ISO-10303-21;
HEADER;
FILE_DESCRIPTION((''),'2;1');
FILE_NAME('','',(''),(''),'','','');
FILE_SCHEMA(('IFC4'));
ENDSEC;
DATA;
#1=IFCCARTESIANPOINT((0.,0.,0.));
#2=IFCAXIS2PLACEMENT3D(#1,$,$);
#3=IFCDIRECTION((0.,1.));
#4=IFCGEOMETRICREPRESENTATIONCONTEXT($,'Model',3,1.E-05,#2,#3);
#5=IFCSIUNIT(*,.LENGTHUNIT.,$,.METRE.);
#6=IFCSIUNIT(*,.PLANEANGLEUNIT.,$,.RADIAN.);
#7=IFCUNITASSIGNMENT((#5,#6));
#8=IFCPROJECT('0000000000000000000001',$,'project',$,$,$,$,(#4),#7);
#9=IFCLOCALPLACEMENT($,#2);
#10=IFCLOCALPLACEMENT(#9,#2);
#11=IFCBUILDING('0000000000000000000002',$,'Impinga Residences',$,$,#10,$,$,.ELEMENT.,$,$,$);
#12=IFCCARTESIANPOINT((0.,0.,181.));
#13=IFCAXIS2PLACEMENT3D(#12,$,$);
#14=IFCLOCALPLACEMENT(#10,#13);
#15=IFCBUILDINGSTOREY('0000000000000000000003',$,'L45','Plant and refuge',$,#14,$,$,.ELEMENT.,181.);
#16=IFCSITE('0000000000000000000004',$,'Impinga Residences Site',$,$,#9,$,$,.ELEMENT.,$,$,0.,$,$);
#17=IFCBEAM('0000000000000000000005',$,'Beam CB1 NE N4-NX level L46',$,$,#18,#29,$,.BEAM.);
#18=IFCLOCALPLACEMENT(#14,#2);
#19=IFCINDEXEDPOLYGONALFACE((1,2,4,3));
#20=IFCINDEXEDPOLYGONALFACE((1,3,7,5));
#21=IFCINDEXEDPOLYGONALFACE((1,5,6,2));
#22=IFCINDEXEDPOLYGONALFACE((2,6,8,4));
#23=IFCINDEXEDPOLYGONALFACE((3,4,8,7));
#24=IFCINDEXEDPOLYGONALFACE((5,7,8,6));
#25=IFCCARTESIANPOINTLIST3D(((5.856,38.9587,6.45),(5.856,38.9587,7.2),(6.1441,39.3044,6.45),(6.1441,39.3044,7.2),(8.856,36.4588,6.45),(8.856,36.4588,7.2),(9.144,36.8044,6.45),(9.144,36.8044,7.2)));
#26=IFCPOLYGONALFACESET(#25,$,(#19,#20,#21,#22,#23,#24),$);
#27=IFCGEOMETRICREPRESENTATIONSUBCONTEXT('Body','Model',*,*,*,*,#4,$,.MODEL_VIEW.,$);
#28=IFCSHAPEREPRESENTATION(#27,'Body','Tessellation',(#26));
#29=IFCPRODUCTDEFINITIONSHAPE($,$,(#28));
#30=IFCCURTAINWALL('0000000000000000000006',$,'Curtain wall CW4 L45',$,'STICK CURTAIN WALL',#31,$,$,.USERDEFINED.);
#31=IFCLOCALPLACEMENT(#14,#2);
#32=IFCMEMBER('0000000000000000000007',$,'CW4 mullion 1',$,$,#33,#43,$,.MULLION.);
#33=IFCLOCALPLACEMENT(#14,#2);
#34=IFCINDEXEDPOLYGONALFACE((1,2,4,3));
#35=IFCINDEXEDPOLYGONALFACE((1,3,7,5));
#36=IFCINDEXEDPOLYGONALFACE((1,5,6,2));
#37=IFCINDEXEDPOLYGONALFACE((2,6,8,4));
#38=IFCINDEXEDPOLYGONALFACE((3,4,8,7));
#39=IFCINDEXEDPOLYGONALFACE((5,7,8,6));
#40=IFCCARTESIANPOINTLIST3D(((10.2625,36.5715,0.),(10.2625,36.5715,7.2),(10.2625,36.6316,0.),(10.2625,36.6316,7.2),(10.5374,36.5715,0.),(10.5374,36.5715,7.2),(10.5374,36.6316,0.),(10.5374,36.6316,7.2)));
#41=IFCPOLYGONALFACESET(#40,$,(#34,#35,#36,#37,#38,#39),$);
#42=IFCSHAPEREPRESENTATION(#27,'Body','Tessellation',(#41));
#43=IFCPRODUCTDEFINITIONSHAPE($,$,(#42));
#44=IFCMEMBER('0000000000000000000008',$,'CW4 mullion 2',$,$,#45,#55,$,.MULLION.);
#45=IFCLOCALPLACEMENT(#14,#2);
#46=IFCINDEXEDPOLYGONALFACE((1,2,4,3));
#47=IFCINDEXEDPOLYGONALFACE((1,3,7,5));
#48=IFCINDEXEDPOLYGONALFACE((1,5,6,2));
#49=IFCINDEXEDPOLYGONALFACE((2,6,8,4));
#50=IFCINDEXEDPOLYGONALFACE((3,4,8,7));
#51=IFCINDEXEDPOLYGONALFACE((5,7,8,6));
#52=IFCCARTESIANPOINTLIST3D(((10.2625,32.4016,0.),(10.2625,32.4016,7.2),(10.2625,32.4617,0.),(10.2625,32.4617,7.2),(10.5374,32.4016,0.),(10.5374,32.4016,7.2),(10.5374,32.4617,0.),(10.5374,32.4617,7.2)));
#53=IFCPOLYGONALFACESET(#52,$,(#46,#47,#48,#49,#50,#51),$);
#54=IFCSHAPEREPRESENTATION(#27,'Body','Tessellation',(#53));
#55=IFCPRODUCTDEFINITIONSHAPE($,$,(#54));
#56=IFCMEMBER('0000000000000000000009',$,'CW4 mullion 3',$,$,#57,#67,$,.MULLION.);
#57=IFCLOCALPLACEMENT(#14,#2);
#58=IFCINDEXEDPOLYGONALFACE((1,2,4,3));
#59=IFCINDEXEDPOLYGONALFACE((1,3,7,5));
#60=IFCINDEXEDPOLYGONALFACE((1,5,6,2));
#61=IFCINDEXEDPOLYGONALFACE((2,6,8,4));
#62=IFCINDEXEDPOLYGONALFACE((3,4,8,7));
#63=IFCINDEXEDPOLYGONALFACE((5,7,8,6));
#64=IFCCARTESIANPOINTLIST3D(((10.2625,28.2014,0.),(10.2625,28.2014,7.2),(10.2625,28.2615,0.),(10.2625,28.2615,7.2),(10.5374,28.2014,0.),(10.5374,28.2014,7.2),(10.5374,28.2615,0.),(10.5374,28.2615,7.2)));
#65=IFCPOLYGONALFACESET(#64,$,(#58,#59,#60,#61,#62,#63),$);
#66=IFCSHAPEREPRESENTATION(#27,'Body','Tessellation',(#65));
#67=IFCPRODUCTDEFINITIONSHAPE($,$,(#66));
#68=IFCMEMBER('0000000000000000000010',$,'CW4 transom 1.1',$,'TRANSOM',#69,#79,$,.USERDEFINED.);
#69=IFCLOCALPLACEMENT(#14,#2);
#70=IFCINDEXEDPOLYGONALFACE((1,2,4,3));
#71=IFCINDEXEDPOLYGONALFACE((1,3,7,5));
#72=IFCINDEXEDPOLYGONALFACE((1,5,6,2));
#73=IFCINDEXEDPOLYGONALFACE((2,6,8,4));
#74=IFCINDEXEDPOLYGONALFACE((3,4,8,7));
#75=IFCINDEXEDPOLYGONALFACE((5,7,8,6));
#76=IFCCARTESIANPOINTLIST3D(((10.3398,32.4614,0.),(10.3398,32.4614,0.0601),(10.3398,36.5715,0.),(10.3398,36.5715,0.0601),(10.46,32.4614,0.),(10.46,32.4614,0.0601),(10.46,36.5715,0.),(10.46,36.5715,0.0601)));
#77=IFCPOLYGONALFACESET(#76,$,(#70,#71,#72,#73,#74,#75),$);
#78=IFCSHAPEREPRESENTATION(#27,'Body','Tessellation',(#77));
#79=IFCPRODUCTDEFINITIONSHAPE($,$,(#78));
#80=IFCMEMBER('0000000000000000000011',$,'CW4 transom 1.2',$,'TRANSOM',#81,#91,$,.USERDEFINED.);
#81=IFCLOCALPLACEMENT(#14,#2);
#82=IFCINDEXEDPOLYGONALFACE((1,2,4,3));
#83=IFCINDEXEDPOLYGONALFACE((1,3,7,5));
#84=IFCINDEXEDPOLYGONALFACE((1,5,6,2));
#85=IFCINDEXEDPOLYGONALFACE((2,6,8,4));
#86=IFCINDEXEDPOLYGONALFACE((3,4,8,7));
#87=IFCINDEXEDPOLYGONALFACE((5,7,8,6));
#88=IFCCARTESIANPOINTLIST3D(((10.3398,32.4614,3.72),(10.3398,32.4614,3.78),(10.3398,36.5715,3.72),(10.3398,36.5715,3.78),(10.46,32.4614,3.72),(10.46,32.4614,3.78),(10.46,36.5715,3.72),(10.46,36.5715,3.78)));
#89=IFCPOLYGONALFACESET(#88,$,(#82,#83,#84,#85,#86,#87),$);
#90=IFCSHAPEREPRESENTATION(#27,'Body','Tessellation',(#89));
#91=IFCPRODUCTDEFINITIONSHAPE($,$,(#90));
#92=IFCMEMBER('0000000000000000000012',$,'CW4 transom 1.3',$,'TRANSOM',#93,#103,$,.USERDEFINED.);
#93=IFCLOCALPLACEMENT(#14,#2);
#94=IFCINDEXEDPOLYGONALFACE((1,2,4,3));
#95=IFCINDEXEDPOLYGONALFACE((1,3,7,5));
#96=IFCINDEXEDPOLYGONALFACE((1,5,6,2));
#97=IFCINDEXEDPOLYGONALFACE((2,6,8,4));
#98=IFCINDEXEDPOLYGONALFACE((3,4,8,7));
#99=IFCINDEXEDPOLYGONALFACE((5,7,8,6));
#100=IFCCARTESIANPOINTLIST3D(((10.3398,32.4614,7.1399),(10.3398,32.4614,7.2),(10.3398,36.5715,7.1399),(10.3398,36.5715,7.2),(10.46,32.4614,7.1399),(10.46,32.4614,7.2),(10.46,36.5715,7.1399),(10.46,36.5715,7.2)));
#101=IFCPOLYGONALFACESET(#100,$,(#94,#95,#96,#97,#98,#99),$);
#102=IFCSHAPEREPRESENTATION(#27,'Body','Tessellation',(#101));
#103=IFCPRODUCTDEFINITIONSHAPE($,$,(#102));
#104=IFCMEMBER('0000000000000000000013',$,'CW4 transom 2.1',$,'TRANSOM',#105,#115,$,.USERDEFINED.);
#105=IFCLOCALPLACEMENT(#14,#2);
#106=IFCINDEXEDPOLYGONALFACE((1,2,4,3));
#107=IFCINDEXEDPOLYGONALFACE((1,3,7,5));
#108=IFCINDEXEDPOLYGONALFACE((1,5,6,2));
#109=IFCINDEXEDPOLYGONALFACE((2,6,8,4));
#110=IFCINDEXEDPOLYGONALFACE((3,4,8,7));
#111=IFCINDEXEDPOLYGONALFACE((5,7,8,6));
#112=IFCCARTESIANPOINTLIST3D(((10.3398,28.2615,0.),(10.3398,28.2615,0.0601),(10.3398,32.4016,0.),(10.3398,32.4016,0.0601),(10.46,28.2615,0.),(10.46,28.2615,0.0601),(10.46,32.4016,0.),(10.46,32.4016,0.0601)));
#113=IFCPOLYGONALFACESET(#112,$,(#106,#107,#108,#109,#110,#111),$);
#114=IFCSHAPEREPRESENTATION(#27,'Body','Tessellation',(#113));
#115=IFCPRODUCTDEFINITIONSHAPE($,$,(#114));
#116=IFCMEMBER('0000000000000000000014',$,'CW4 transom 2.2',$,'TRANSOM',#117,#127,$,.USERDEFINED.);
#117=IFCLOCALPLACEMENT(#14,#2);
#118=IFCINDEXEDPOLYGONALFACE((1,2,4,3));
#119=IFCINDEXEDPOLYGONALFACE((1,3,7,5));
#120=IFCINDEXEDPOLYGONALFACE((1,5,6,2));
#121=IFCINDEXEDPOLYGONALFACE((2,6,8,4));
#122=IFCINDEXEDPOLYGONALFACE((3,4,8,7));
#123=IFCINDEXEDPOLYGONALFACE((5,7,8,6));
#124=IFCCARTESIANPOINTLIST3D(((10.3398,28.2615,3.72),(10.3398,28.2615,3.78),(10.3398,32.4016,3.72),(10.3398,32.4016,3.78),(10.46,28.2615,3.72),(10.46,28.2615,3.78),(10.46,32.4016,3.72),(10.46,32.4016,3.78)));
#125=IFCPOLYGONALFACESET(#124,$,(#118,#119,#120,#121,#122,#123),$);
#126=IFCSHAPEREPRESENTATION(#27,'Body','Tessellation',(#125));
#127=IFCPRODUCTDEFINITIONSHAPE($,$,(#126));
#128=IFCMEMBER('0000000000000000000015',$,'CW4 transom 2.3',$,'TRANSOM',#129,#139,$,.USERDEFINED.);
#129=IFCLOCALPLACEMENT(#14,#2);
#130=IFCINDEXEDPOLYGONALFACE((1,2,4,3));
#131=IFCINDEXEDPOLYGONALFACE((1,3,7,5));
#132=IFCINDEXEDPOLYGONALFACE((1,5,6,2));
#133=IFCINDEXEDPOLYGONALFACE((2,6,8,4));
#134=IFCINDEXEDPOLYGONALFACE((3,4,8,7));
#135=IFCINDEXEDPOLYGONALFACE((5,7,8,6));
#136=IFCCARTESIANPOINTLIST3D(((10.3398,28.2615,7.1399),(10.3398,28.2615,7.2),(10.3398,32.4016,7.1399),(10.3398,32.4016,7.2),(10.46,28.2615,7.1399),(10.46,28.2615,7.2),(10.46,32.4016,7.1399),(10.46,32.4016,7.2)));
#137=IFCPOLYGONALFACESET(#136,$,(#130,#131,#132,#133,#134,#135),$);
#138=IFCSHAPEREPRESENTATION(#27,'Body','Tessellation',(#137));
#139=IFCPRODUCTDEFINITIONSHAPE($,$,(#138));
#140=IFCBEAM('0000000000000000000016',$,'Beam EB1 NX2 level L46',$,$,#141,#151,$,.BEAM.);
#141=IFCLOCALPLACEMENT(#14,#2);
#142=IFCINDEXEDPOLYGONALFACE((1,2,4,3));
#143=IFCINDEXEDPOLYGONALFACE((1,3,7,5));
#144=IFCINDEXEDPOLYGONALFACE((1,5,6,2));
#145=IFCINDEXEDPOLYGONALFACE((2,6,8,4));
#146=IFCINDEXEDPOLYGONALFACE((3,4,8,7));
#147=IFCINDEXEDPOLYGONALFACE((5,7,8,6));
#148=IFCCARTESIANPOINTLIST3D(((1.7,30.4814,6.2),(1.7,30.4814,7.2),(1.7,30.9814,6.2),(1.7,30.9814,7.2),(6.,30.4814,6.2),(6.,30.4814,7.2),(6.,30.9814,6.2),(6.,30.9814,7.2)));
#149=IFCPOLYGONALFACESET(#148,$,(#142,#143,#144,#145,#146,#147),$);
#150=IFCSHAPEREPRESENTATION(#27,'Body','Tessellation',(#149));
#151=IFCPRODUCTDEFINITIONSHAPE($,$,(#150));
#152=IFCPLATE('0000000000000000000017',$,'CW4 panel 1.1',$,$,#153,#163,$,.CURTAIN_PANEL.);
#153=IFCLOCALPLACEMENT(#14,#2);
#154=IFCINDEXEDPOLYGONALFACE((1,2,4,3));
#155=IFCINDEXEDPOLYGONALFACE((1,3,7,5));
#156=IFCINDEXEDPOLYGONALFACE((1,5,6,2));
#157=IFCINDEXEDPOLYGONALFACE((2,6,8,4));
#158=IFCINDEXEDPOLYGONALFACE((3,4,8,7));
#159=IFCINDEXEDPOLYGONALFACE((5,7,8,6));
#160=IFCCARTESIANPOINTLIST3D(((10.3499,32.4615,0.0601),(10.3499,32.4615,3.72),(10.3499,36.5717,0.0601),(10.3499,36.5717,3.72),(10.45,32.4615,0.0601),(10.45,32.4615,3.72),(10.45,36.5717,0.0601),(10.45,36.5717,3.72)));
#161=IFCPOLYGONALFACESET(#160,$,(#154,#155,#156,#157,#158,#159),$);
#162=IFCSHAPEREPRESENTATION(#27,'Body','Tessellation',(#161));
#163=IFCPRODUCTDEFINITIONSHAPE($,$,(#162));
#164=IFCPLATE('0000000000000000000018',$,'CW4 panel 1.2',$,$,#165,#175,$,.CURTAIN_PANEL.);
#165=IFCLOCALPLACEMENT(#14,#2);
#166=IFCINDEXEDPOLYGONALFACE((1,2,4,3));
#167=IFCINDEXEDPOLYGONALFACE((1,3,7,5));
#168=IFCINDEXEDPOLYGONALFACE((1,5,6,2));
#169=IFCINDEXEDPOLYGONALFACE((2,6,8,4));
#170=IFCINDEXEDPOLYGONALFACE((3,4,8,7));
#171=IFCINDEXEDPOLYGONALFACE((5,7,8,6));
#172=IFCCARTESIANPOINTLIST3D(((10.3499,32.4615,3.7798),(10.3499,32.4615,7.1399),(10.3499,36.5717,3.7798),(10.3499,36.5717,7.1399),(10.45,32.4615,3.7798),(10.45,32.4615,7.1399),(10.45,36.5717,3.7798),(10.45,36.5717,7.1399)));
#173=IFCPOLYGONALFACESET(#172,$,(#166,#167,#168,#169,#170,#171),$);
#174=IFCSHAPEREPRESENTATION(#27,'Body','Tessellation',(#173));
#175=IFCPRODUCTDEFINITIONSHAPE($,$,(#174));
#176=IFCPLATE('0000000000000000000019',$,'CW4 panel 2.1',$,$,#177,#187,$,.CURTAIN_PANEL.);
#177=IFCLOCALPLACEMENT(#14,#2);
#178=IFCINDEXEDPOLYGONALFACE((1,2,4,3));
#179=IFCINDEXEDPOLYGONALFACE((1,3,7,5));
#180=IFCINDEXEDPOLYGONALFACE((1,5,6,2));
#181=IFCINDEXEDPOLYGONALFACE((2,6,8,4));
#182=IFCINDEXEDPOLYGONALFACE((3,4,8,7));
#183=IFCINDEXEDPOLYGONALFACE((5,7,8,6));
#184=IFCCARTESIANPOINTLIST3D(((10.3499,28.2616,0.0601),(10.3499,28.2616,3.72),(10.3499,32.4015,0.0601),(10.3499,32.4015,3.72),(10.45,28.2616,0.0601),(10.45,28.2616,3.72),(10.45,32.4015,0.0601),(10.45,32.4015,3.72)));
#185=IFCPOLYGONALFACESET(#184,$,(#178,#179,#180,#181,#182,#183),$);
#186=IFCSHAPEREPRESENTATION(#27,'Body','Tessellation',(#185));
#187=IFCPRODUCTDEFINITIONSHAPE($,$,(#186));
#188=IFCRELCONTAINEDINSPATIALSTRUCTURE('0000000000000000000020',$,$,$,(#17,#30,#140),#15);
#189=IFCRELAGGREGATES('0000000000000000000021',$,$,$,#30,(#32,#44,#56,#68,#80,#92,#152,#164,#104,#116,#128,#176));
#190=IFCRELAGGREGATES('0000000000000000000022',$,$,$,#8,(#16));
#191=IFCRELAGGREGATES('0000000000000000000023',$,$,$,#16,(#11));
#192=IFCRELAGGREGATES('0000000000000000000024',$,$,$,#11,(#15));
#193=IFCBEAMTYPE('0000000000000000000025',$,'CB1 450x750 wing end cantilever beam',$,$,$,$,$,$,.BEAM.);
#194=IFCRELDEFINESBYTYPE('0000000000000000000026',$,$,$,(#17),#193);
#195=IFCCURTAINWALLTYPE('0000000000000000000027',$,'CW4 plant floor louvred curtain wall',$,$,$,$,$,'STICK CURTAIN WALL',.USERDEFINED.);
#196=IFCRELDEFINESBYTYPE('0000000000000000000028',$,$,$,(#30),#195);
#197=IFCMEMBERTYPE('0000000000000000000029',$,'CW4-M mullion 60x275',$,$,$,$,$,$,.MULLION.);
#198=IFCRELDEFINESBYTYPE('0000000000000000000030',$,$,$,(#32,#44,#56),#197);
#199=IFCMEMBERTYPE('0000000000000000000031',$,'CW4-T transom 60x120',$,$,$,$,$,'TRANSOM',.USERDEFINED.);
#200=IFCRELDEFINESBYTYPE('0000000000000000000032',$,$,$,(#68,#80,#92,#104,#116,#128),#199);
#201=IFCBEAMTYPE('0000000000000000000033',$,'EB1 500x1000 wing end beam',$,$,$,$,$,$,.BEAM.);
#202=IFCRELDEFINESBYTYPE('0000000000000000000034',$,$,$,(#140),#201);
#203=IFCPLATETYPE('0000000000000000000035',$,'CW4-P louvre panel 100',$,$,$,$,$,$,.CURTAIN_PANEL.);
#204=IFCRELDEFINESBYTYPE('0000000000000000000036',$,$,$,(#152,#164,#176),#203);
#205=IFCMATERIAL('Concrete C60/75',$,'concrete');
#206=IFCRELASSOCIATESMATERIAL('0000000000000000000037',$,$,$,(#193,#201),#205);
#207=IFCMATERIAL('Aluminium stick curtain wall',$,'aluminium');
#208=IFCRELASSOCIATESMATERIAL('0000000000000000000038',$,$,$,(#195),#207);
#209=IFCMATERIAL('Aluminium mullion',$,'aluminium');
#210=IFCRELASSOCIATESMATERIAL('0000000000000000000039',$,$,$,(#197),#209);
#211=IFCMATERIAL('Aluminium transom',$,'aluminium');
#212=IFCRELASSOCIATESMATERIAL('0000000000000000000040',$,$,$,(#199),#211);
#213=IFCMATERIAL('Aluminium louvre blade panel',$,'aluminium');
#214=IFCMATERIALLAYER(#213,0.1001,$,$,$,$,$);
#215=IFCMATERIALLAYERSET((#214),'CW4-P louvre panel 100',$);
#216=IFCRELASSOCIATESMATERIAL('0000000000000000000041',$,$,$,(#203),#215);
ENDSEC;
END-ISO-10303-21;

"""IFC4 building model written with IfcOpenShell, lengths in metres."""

from ifc_helpers import new_model, si_unit, direction, frame, origin, origin_2d, place, context, subcontext, project, spatial, rectangle, extrude, material, layer, layer_set, material_profile, profile_set, type_object, element, aggregate, save


model = new_model("IFC4")

# Units and contexts
model_context = context("Model", 3, precision=1e-05, world=origin(), true_north=direction((0.0, 1.0)))
body_context = subcontext(model_context, "Body", "Model", "MODEL_VIEW")
ifc_project = project(units=[si_unit("LENGTHUNIT", "METRE"), si_unit("PLANEANGLEUNIT", "RADIAN")], contexts=[model_context])

# Site, building, storey
site_placement = place(None, origin())
site = spatial("IfcSite", under=ifc_project, at=site_placement, Name="Impinga Residences Site", CompositionType="ELEMENT", RefElevation=0.0)
building_placement = place(site_placement, origin())
building = spatial("IfcBuilding", under=site, at=building_placement, Name="Impinga Residences", CompositionType="ELEMENT")
storey_placement = place(building_placement, frame((0.0, 0.0, 181.0)))
storey = spatial("IfcBuildingStorey", under=building, at=storey_placement, Name="L45", Description="Plant and refuge", CompositionType="ELEMENT", Elevation=181.0)

# Shared definitions
ifc_material_1 = material(Name="Concrete C60/75", Category="concrete")

# Beam
ifc_material_profile_1 = material_profile(ifc_material_1, rectangle(XDim=0.45, YDim=0.75, at=origin_2d()), Name="RC 450x750")
ifc_profile_set_1 = profile_set([ifc_material_profile_1], Name="Concrete C60/75")
beam_type_1 = type_object("IfcBeamType", Name="CB1 450x750 wing end cantilever beam", PredefinedType="BEAM", material=ifc_profile_set_1)
beam_1_placement = place(storey_placement, frame((9.0, 36.6316, 6.825), z_axis=(-0.768221, 0.640184, 0.0), x_axis=(-0.640184, -0.768221, 0.0)))
element("IfcBeam", 1, at=beam_1_placement, inside=storey, type_object=beam_type_1, Name="Beam CB1 NE N4-NX level L46", PredefinedType="BEAM", context=body_context, shape_type="SweptSolid", body=[
    extrude(rectangle(XDim=0.45, YDim=0.75, at=origin_2d()), origin(), (0.0, 0.0, 1.0), 3.905),
])

# Curtain wall, members
ifc_material_2 = material(Name="Aluminium stick curtain wall", Category="aluminium")
curtain_wall_type = type_object("IfcCurtainWallType", Name="CW4 plant floor louvred curtain wall", ElementType="STICK CURTAIN WALL", PredefinedType="USERDEFINED", material=ifc_material_2)
curtain_wall_placement = place(storey_placement, origin())
curtain_wall = element("IfcCurtainWall", 2, at=curtain_wall_placement, inside=storey, type_object=curtain_wall_type, Name="Curtain wall CW4 L45", ObjectType="STICK CURTAIN WALL", PredefinedType="USERDEFINED")
ifc_material_3 = material(Name="Aluminium mullion", Category="aluminium")
ifc_material_profile_2 = material_profile(ifc_material_3, rectangle(XDim=0.0601, YDim=0.2749, at=origin_2d()), Name="60x275 mullion")
ifc_profile_set_2 = profile_set([ifc_material_profile_2], Name="Aluminium mullion")
member_type_1 = type_object("IfcMemberType", Name="CW4-M mullion 60x275", PredefinedType="MULLION", material=ifc_profile_set_2)
member_1_placement = place(storey_placement, frame((10.3999, 36.6016, 0.0), z_axis=(0.0, 0.0, 1.0), x_axis=(0.0, -1.0, 0.0)))
member_1 = element("IfcMember", 3, at=member_1_placement, type_object=member_type_1, Name="CW4 mullion 1", PredefinedType="MULLION", context=body_context, shape_type="SweptSolid", body=[
    extrude(rectangle(XDim=0.0601, YDim=0.2749, at=origin_2d()), origin(), (0.0, 0.0, 1.0), 7.2),
])
member_2_placement = place(storey_placement, frame((10.3999, 32.4316, 0.0), z_axis=(0.0, 0.0, 1.0), x_axis=(0.0, -1.0, 0.0)))
member_2 = element("IfcMember", 4, at=member_2_placement, type_object=member_type_1, Name="CW4 mullion 2", PredefinedType="MULLION", context=body_context, shape_type="SweptSolid", body=[
    extrude(rectangle(XDim=0.0601, YDim=0.2749, at=origin_2d()), origin(), (0.0, 0.0, 1.0), 7.2),
])
member_3_placement = place(storey_placement, frame((10.3999, 28.2314, 0.0), z_axis=(0.0, 0.0, 1.0), x_axis=(0.0, -1.0, 0.0)))
member_3 = element("IfcMember", 5, at=member_3_placement, type_object=member_type_1, Name="CW4 mullion 3", PredefinedType="MULLION", context=body_context, shape_type="SweptSolid", body=[
    extrude(rectangle(XDim=0.0601, YDim=0.2749, at=origin_2d()), origin(), (0.0, 0.0, 1.0), 7.2),
])
ifc_material_4 = material(Name="Aluminium transom", Category="aluminium")
ifc_material_profile_3 = material_profile(ifc_material_4, rectangle(XDim=0.0601, YDim=0.1201, at=origin_2d()), Name="60x120 transom")
ifc_profile_set_3 = profile_set([ifc_material_profile_3], Name="Aluminium transom")
member_type_2 = type_object("IfcMemberType", Name="CW4-T transom 60x120", ElementType="TRANSOM", PredefinedType="USERDEFINED", material=ifc_profile_set_3)
member_4_placement = place(storey_placement, frame((10.3999, 36.5715, 0.03), z_axis=(0.0, -1.0, 0.0), x_axis=(0.0, 0.0, 1.0)))
member_4 = element("IfcMember", 6, at=member_4_placement, type_object=member_type_2, Name="CW4 transom 1.1", ObjectType="TRANSOM", PredefinedType="USERDEFINED", context=body_context, shape_type="SweptSolid", body=[
    extrude(rectangle(XDim=0.0601, YDim=0.1201, at=origin_2d()), origin(), (0.0, 0.0, 1.0), 4.1101),
])
member_5_placement = place(storey_placement, frame((10.3999, 36.5715, 3.75), z_axis=(0.0, -1.0, 0.0), x_axis=(0.0, 0.0, 1.0)))
member_5 = element("IfcMember", 7, at=member_5_placement, type_object=member_type_2, Name="CW4 transom 1.2", ObjectType="TRANSOM", PredefinedType="USERDEFINED", context=body_context, shape_type="SweptSolid", body=[
    extrude(rectangle(XDim=0.0601, YDim=0.1201, at=origin_2d()), origin(), (0.0, 0.0, 1.0), 4.1101),
])
member_6_placement = place(storey_placement, frame((10.3999, 36.5715, 7.1699), z_axis=(0.0, -1.0, 0.0), x_axis=(0.0, 0.0, 1.0)))
member_6 = element("IfcMember", 8, at=member_6_placement, type_object=member_type_2, Name="CW4 transom 1.3", ObjectType="TRANSOM", PredefinedType="USERDEFINED", context=body_context, shape_type="SweptSolid", body=[
    extrude(rectangle(XDim=0.0601, YDim=0.1201, at=origin_2d()), origin(), (0.0, 0.0, 1.0), 4.1101),
])
member_7_placement = place(storey_placement, frame((10.3999, 32.4016, 0.03), z_axis=(0.0, -1.0, 0.0), x_axis=(0.0, 0.0, 1.0)))
member_7 = element("IfcMember", 9, at=member_7_placement, type_object=member_type_2, Name="CW4 transom 2.1", ObjectType="TRANSOM", PredefinedType="USERDEFINED", context=body_context, shape_type="SweptSolid", body=[
    extrude(rectangle(XDim=0.0601, YDim=0.1201, at=origin_2d()), origin(), (0.0, 0.0, 1.0), 4.1401),
])
member_8_placement = place(storey_placement, frame((10.3999, 32.4016, 3.75), z_axis=(0.0, -1.0, 0.0), x_axis=(0.0, 0.0, 1.0)))
member_8 = element("IfcMember", 10, at=member_8_placement, type_object=member_type_2, Name="CW4 transom 2.2", ObjectType="TRANSOM", PredefinedType="USERDEFINED", context=body_context, shape_type="SweptSolid", body=[
    extrude(rectangle(XDim=0.0601, YDim=0.1201, at=origin_2d()), origin(), (0.0, 0.0, 1.0), 4.1401),
])
member_9_placement = place(storey_placement, frame((10.3999, 32.4016, 7.1699), z_axis=(0.0, -1.0, 0.0), x_axis=(0.0, 0.0, 1.0)))
member_9 = element("IfcMember", 11, at=member_9_placement, type_object=member_type_2, Name="CW4 transom 2.3", ObjectType="TRANSOM", PredefinedType="USERDEFINED", context=body_context, shape_type="SweptSolid", body=[
    extrude(rectangle(XDim=0.0601, YDim=0.1201, at=origin_2d()), origin(), (0.0, 0.0, 1.0), 4.1401),
])

# Beam
ifc_material_profile_4 = material_profile(ifc_material_1, rectangle(XDim=0.5, YDim=1.0, at=origin_2d()), Name="RC 500x1000")
ifc_profile_set_4 = profile_set([ifc_material_profile_4], Name="Concrete C60/75")
beam_type_2 = type_object("IfcBeamType", Name="EB1 500x1000 wing end beam", PredefinedType="BEAM", material=ifc_profile_set_4)
beam_2_placement = place(storey_placement, frame((1.7, 30.7314, 6.7), z_axis=(1.0, 0.0, 0.0), x_axis=(0.0, 1.0, 0.0)))
element("IfcBeam", 12, at=beam_2_placement, inside=storey, type_object=beam_type_2, Name="Beam EB1 NX2 level L46", PredefinedType="BEAM", context=body_context, shape_type="SweptSolid", body=[
    extrude(rectangle(XDim=0.5, YDim=1.0, at=origin_2d()), origin(), (0.0, 0.0, 1.0), 4.3),
])

# Plates
ifc_material_5 = material(Name="Aluminium louvre blade panel", Category="aluminium")
ifc_layer_1 = layer(ifc_material_5, 0.1001)
ifc_layer_set_1 = layer_set([ifc_layer_1], Name="CW4-P louvre panel 100")
plate_type = type_object("IfcPlateType", Name="CW4-P louvre panel 100", PredefinedType="CURTAIN_PANEL", material=ifc_layer_set_1)
plate_1_placement = place(storey_placement, frame((10.3999, 34.5166, 0.0601), z_axis=(0.0, 0.0, 1.0), x_axis=(0.0, -1.0, 0.0)))
plate_1 = element("IfcPlate", 13, at=plate_1_placement, type_object=plate_type, Name="CW4 panel 1.1", PredefinedType="CURTAIN_PANEL", context=body_context, shape_type="SweptSolid", body=[
    extrude(rectangle(XDim=4.1101, YDim=0.1001, at=origin_2d()), origin(), (0.0, 0.0, 1.0), 3.6599),
])
plate_2_placement = place(storey_placement, frame((10.3999, 34.5166, 3.7798), z_axis=(0.0, 0.0, 1.0), x_axis=(0.0, -1.0, 0.0)))
plate_2 = element("IfcPlate", 14, at=plate_2_placement, type_object=plate_type, Name="CW4 panel 1.2", PredefinedType="CURTAIN_PANEL", context=body_context, shape_type="SweptSolid", body=[
    extrude(rectangle(XDim=4.1101, YDim=0.1001, at=origin_2d()), origin(), (0.0, 0.0, 1.0), 3.3601),
])
plate_3_placement = place(storey_placement, frame((10.3999, 30.3315, 0.0601), z_axis=(0.0, 0.0, 1.0), x_axis=(0.0, -1.0, 0.0)))
plate_3 = element("IfcPlate", 15, at=plate_3_placement, type_object=plate_type, Name="CW4 panel 2.1", PredefinedType="CURTAIN_PANEL", context=body_context, shape_type="SweptSolid", body=[
    extrude(rectangle(XDim=4.1399, YDim=0.1001, at=origin_2d()), origin(), (0.0, 0.0, 1.0), 3.6599),
])
aggregate(curtain_wall, [member_1, member_2, member_3, member_4, member_5, member_6, plate_1, plate_2, member_7, member_8, member_9, plate_3])

save(model, "model.ifc")
